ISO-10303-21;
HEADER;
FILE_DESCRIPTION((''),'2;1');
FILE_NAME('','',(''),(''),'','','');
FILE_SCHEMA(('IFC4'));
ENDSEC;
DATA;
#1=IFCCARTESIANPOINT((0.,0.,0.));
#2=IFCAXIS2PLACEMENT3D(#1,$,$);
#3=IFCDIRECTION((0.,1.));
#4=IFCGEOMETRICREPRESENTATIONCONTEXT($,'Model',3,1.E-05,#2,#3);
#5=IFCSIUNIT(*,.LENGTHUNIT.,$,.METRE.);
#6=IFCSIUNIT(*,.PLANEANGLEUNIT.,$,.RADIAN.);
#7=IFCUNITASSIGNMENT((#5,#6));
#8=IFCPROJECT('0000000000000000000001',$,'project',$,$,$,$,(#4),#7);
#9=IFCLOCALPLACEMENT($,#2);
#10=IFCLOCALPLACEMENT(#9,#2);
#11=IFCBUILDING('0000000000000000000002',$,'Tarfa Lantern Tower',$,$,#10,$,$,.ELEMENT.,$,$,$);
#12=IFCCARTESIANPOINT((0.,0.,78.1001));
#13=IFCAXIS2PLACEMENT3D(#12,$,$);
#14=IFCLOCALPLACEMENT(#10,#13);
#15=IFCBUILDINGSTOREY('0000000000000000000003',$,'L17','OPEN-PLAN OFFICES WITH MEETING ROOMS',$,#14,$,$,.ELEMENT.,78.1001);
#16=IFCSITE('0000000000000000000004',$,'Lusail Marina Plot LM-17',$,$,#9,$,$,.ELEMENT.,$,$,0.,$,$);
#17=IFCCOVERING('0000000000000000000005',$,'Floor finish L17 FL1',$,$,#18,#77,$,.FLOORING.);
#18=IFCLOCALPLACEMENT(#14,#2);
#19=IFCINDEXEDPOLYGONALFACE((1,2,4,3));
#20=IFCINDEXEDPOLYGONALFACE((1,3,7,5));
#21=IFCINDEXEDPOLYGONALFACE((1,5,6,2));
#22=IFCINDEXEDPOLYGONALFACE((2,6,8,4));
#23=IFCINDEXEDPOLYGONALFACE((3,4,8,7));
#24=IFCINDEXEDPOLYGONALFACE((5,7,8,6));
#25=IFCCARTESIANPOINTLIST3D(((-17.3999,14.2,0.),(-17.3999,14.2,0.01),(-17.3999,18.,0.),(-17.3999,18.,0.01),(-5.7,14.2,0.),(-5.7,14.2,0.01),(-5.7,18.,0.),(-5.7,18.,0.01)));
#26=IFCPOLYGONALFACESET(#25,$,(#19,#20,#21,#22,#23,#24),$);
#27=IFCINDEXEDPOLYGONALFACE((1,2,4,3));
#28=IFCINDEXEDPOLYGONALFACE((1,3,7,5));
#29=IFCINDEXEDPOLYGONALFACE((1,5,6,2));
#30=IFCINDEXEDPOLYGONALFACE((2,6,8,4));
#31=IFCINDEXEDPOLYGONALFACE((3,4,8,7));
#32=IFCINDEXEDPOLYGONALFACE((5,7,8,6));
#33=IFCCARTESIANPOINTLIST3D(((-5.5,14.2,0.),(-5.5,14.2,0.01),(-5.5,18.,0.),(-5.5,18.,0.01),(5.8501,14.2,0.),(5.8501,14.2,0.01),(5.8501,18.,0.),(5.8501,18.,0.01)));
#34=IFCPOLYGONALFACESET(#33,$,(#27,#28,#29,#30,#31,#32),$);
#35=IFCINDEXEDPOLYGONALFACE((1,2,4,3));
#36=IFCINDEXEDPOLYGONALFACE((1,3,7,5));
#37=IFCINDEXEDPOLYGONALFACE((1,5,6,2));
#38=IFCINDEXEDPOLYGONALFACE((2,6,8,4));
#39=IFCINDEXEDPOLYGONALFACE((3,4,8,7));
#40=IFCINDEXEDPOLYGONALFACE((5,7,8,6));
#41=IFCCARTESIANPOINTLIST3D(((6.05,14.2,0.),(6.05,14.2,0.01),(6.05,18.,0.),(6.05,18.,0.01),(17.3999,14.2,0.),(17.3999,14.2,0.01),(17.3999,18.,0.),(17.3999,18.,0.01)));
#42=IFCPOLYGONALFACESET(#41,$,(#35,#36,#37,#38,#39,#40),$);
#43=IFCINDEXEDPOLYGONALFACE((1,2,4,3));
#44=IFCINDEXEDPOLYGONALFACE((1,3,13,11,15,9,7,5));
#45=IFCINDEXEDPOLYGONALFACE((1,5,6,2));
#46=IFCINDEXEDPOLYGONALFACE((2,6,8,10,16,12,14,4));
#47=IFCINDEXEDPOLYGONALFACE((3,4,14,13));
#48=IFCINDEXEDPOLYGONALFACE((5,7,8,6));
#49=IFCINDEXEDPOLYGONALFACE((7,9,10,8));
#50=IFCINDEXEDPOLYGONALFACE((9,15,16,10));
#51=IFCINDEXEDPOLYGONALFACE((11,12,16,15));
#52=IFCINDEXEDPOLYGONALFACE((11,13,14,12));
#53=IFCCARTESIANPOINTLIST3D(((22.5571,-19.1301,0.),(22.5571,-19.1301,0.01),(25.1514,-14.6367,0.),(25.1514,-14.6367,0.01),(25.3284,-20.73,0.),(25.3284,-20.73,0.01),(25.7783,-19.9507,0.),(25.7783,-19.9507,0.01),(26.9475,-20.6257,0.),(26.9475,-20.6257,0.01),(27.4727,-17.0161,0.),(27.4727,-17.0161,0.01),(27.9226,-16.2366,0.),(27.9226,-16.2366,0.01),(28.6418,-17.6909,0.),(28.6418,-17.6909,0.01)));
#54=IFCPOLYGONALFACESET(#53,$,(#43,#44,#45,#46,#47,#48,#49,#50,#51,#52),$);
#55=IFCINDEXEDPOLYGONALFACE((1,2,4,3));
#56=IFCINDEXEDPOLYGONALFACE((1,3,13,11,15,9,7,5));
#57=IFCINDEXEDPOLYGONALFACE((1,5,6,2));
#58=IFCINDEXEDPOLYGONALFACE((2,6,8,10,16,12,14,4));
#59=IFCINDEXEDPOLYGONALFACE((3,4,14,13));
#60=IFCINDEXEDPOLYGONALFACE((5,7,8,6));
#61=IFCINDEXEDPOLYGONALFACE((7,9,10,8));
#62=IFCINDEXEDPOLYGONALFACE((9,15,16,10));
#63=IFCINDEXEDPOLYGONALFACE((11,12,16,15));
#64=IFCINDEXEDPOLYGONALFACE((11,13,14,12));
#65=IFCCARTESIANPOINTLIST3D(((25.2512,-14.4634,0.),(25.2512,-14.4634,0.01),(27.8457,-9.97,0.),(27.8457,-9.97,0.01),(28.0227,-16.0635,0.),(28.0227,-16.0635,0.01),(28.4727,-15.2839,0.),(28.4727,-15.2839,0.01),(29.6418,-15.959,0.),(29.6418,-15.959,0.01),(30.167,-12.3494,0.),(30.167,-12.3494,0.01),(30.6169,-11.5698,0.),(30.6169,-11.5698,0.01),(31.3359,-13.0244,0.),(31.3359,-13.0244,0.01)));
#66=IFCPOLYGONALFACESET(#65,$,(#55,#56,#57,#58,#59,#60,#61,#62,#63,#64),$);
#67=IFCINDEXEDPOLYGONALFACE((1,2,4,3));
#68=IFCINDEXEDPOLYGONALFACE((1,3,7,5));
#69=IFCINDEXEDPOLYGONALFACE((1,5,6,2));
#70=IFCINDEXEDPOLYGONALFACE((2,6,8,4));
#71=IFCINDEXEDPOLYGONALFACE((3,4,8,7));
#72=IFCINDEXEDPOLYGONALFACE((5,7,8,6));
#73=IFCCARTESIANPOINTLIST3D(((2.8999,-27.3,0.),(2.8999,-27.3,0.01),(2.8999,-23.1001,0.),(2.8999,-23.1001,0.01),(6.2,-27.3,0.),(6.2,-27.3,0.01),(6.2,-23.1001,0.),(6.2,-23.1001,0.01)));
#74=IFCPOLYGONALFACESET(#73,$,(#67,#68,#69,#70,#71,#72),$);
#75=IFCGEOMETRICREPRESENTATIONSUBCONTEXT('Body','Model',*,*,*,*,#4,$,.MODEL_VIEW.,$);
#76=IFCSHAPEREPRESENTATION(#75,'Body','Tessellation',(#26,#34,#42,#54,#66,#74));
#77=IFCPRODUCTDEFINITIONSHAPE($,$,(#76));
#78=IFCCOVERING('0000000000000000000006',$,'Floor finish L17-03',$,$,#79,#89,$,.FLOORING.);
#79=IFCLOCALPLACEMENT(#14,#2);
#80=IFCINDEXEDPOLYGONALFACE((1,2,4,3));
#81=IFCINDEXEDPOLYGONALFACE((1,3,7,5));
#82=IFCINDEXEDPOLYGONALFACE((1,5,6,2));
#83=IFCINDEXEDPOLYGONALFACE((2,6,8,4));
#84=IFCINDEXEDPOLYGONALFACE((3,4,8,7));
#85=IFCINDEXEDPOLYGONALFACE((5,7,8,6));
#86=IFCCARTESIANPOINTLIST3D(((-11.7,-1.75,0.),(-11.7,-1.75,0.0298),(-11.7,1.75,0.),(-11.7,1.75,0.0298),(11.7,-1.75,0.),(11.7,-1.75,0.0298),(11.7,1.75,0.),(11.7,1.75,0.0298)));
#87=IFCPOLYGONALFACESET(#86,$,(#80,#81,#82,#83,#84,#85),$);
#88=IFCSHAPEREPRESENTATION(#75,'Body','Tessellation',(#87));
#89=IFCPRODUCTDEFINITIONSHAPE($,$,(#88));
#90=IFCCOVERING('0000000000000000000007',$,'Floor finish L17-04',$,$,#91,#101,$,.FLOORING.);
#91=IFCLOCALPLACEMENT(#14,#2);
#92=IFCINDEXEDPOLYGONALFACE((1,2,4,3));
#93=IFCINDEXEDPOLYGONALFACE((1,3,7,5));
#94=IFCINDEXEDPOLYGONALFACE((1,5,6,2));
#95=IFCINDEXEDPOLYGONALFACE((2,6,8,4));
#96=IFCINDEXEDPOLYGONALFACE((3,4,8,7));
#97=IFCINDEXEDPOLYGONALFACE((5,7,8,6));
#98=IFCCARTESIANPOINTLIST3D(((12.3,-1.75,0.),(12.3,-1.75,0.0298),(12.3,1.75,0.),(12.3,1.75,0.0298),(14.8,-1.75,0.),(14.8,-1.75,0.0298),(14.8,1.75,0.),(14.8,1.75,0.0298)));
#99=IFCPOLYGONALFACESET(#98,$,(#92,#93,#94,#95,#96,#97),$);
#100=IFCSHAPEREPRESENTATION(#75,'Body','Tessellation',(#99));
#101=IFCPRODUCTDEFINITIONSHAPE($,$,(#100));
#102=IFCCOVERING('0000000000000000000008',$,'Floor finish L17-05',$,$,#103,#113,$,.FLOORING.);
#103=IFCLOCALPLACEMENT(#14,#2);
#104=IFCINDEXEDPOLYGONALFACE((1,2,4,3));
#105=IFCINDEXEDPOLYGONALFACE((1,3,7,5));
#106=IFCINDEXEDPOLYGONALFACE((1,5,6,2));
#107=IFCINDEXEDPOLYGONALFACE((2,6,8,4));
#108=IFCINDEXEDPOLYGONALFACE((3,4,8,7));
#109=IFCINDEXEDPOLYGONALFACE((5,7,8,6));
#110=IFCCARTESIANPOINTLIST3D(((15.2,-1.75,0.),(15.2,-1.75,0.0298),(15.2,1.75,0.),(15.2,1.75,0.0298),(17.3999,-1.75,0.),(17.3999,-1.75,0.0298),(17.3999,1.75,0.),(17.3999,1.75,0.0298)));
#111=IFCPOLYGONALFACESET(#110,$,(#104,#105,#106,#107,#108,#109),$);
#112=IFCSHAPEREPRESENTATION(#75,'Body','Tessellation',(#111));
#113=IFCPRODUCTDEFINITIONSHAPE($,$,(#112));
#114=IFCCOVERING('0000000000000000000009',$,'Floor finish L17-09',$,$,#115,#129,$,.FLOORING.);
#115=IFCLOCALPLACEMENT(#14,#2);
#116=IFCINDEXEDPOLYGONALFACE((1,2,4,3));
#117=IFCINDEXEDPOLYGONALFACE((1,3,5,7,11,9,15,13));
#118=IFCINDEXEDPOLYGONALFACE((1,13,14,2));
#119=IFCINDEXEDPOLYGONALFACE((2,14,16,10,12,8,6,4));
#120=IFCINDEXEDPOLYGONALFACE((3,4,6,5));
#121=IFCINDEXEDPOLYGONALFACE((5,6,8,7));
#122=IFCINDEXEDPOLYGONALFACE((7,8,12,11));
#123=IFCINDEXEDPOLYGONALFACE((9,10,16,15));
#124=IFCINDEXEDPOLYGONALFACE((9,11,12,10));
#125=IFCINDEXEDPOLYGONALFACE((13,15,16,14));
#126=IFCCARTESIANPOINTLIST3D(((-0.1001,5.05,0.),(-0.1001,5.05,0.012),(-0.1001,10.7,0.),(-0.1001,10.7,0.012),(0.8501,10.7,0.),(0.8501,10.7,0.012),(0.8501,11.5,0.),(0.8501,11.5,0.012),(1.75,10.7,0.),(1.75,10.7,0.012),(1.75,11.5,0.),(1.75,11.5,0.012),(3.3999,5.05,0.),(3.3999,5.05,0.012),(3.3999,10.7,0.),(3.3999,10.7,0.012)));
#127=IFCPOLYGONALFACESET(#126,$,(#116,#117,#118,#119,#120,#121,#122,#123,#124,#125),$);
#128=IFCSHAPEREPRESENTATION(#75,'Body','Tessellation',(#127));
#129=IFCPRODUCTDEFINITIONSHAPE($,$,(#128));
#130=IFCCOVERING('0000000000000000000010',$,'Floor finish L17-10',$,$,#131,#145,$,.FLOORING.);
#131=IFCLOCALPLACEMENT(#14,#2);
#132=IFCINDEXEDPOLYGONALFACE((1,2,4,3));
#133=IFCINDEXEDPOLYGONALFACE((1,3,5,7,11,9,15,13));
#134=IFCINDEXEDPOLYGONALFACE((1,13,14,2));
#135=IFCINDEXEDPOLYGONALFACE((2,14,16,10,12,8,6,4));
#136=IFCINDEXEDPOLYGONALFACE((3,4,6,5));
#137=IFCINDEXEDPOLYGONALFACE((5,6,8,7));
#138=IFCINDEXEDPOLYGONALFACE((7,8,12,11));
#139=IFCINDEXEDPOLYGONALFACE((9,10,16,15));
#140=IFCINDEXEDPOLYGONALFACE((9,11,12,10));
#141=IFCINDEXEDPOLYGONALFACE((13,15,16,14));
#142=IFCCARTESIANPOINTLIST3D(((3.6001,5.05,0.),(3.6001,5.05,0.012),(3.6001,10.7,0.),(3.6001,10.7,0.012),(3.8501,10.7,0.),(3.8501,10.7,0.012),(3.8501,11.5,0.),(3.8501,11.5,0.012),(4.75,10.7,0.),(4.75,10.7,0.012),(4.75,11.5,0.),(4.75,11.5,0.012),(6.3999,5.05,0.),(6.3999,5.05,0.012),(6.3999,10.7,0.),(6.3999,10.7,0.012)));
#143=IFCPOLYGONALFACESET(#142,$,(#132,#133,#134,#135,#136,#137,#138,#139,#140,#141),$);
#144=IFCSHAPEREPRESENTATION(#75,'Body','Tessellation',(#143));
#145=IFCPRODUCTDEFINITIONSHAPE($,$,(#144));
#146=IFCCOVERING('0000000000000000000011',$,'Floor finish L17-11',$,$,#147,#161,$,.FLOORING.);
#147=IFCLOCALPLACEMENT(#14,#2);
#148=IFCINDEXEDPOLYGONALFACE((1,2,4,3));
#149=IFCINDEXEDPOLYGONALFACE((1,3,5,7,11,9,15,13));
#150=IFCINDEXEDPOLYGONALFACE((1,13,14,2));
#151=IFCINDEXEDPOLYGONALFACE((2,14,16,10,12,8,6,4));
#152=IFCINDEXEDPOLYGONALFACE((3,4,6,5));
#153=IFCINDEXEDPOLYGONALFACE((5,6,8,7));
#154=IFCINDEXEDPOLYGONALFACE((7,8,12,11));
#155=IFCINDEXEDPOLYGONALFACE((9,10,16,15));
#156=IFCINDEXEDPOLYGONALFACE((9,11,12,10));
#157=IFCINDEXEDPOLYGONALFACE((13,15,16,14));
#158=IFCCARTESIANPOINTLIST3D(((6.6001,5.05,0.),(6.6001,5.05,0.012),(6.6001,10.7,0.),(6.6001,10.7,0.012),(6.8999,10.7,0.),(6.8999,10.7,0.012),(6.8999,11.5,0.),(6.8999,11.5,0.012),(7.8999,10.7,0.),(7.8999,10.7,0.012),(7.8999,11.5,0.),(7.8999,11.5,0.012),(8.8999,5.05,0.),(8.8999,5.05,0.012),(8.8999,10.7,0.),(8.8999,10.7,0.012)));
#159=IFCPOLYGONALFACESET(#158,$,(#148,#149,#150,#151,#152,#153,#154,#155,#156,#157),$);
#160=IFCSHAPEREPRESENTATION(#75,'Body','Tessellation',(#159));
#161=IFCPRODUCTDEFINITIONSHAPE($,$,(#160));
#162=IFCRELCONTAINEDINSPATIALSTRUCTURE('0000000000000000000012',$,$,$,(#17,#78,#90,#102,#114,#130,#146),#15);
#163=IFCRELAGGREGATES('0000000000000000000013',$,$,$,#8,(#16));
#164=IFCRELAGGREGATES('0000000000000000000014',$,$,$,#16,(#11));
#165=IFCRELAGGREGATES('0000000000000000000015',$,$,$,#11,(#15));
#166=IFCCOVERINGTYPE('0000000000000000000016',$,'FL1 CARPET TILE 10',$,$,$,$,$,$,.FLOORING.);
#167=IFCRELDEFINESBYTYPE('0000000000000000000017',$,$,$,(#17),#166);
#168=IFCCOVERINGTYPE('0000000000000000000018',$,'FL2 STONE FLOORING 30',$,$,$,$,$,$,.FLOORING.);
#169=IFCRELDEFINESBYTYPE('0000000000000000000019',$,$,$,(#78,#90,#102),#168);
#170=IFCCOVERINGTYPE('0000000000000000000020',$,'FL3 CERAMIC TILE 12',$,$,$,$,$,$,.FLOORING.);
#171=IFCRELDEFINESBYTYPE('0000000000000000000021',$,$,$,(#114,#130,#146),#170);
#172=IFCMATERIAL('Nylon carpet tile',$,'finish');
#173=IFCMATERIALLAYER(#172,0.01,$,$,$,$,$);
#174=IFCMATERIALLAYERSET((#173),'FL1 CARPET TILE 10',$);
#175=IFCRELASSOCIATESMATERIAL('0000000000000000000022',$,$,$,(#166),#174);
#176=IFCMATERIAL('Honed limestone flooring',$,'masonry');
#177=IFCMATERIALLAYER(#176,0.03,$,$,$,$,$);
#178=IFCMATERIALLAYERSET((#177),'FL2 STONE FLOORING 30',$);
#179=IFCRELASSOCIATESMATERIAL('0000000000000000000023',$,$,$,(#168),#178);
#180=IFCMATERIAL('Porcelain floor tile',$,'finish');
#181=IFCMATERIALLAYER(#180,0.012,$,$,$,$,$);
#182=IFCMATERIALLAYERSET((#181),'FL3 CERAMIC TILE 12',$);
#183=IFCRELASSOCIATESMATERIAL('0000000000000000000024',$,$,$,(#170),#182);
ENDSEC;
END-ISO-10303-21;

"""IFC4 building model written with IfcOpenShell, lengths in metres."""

from ifc_helpers import new_model, si_unit, direction, frame, origin, place, context, subcontext, project, spatial, polyline, outline, extrude, material, layer, layer_set, type_object, element, save


model = new_model("IFC4")

# Units and contexts
model_context = context("Model", 3, precision=1e-05, world=origin(), true_north=direction((0.0, 1.0)))
body_context = subcontext(model_context, "Body", "Model", "MODEL_VIEW")
ifc_project = project(units=[si_unit("LENGTHUNIT", "METRE"), si_unit("PLANEANGLEUNIT", "RADIAN")], contexts=[model_context])

# Site, building, storey
site_placement = place(None, origin())
site = spatial("IfcSite", under=ifc_project, at=site_placement, Name="Lusail Marina Plot LM-17", CompositionType="ELEMENT", RefElevation=0.0)
building_placement = place(site_placement, origin())
building = spatial("IfcBuilding", under=site, at=building_placement, Name="Tarfa Lantern Tower", CompositionType="ELEMENT")
storey_placement = place(building_placement, frame((0.0, 0.0, 78.1001)))
storey = spatial("IfcBuildingStorey", under=building, at=storey_placement, Name="L17", Description="OPEN-PLAN OFFICES WITH MEETING ROOMS", CompositionType="ELEMENT", Elevation=78.1001)

# Coverings
ifc_material_1 = material(Name="Nylon carpet tile", Category="finish")
ifc_layer_1 = layer(ifc_material_1, 0.01)
ifc_layer_set_1 = layer_set([ifc_layer_1], Name="FL1 CARPET TILE 10")
covering_type_1 = type_object("IfcCoveringType", Name="FL1 CARPET TILE 10", PredefinedType="FLOORING", material=ifc_layer_set_1)
covering_1_placement = place(storey_placement, origin())
element("IfcCovering", 1, at=covering_1_placement, inside=storey, type_object=covering_type_1, Name="Floor finish L17 FL1", PredefinedType="FLOORING", context=body_context, shape_type="SweptSolid", body=[
    extrude(outline(polyline([(-17.3999, 18.0), (-5.7, 18.0), (-5.7, 14.2), (-17.3999, 14.2), (-17.3999, 18.0)])), origin(), (0.0, 0.0, 1.0), 0.01),
    extrude(outline(polyline([(-5.5, 18.0), (5.8501, 18.0), (5.8501, 14.2), (-5.5, 14.2), (-5.5, 18.0)])), origin(), (0.0, 0.0, 1.0), 0.01),
    extrude(outline(polyline([(6.05, 18.0), (17.3999, 18.0), (17.3999, 14.2), (6.05, 14.2), (6.05, 18.0)])), origin(), (0.0, 0.0, 1.0), 0.01),
    extrude(outline(polyline([(25.1514, -14.6367), (27.9226, -16.2366), (27.4727, -17.0161), (28.6418, -17.6909), (26.9475, -20.6257), (25.7783, -19.9507), (25.3284, -20.73), (22.5571, -19.1301), (25.1514, -14.6367)])), origin(), (0.0, 0.0, 1.0), 0.01),
    extrude(outline(polyline([(27.8457, -9.97), (30.6169, -11.5698), (30.167, -12.3494), (31.3359, -13.0244), (29.6418, -15.959), (28.4727, -15.2839), (28.0227, -16.0635), (25.2512, -14.4634), (27.8457, -9.97)])), origin(), (0.0, 0.0, 1.0), 0.01),
    extrude(outline(polyline([(6.2, -27.3), (2.8999, -27.3), (2.8999, -23.1001), (6.2, -23.1001), (6.2, -27.3)])), origin(), (0.0, 0.0, 1.0), 0.01),
])
ifc_material_2 = material(Name="Honed limestone flooring", Category="masonry")
ifc_layer_2 = layer(ifc_material_2, 0.03)
ifc_layer_set_2 = layer_set([ifc_layer_2], Name="FL2 STONE FLOORING 30")
covering_type_2 = type_object("IfcCoveringType", Name="FL2 STONE FLOORING 30", PredefinedType="FLOORING", material=ifc_layer_set_2)
covering_2_placement = place(storey_placement, origin())
element("IfcCovering", 2, at=covering_2_placement, inside=storey, type_object=covering_type_2, Name="Floor finish L17-03", PredefinedType="FLOORING", context=body_context, shape_type="SweptSolid", body=[
    extrude(outline(polyline([(-11.7, -1.75), (11.7, -1.75), (11.7, 1.75), (-11.7, 1.75), (-11.7, -1.75)])), origin(), (0.0, 0.0, 1.0), 0.0298),
])
covering_3_placement = place(storey_placement, origin())
element("IfcCovering", 3, at=covering_3_placement, inside=storey, type_object=covering_type_2, Name="Floor finish L17-04", PredefinedType="FLOORING", context=body_context, shape_type="SweptSolid", body=[
    extrude(outline(polyline([(12.3, -1.75), (14.8, -1.75), (14.8, 1.75), (12.3, 1.75), (12.3, -1.75)])), origin(), (0.0, 0.0, 1.0), 0.0298),
])
covering_4_placement = place(storey_placement, origin())
element("IfcCovering", 4, at=covering_4_placement, inside=storey, type_object=covering_type_2, Name="Floor finish L17-05", PredefinedType="FLOORING", context=body_context, shape_type="SweptSolid", body=[
    extrude(outline(polyline([(15.2, -1.75), (17.3999, -1.75), (17.3999, 1.75), (15.2, 1.75), (15.2, -1.75)])), origin(), (0.0, 0.0, 1.0), 0.0298),
])
ifc_material_3 = material(Name="Porcelain floor tile", Category="finish")
ifc_layer_3 = layer(ifc_material_3, 0.012)
ifc_layer_set_3 = layer_set([ifc_layer_3], Name="FL3 CERAMIC TILE 12")
covering_type_3 = type_object("IfcCoveringType", Name="FL3 CERAMIC TILE 12", PredefinedType="FLOORING", material=ifc_layer_set_3)
covering_5_placement = place(storey_placement, origin())
element("IfcCovering", 5, at=covering_5_placement, inside=storey, type_object=covering_type_3, Name="Floor finish L17-09", PredefinedType="FLOORING", context=body_context, shape_type="SweptSolid", body=[
    extrude(outline(polyline([(0.8501, 10.7), (-0.1001, 10.7), (-0.1001, 5.05), (3.3999, 5.05), (3.3999, 10.7), (1.75, 10.7), (1.75, 11.5), (0.8501, 11.5), (0.8501, 11.5), (0.8501, 10.7)])), origin(), (0.0, 0.0, 1.0), 0.012),
])
covering_6_placement = place(storey_placement, origin())
element("IfcCovering", 6, at=covering_6_placement, inside=storey, type_object=covering_type_3, Name="Floor finish L17-10", PredefinedType="FLOORING", context=body_context, shape_type="SweptSolid", body=[
    extrude(outline(polyline([(3.6001, 5.05), (6.3999, 5.05), (6.3999, 10.7), (4.75, 10.7), (4.75, 11.5), (3.8501, 11.5), (3.8501, 10.7), (3.6001, 10.7), (3.6001, 5.05)])), origin(), (0.0, 0.0, 1.0), 0.012),
])
covering_7_placement = place(storey_placement, origin())
element("IfcCovering", 7, at=covering_7_placement, inside=storey, type_object=covering_type_3, Name="Floor finish L17-11", PredefinedType="FLOORING", context=body_context, shape_type="SweptSolid", body=[
    extrude(outline(polyline([(6.6001, 5.05), (8.8999, 5.05), (8.8999, 10.7), (7.8999, 10.7), (7.8999, 11.5), (6.8999, 11.5), (6.8999, 10.7), (6.6001, 10.7), (6.6001, 5.05)])), origin(), (0.0, 0.0, 1.0), 0.012),
])

save(model, "model.ifc")
